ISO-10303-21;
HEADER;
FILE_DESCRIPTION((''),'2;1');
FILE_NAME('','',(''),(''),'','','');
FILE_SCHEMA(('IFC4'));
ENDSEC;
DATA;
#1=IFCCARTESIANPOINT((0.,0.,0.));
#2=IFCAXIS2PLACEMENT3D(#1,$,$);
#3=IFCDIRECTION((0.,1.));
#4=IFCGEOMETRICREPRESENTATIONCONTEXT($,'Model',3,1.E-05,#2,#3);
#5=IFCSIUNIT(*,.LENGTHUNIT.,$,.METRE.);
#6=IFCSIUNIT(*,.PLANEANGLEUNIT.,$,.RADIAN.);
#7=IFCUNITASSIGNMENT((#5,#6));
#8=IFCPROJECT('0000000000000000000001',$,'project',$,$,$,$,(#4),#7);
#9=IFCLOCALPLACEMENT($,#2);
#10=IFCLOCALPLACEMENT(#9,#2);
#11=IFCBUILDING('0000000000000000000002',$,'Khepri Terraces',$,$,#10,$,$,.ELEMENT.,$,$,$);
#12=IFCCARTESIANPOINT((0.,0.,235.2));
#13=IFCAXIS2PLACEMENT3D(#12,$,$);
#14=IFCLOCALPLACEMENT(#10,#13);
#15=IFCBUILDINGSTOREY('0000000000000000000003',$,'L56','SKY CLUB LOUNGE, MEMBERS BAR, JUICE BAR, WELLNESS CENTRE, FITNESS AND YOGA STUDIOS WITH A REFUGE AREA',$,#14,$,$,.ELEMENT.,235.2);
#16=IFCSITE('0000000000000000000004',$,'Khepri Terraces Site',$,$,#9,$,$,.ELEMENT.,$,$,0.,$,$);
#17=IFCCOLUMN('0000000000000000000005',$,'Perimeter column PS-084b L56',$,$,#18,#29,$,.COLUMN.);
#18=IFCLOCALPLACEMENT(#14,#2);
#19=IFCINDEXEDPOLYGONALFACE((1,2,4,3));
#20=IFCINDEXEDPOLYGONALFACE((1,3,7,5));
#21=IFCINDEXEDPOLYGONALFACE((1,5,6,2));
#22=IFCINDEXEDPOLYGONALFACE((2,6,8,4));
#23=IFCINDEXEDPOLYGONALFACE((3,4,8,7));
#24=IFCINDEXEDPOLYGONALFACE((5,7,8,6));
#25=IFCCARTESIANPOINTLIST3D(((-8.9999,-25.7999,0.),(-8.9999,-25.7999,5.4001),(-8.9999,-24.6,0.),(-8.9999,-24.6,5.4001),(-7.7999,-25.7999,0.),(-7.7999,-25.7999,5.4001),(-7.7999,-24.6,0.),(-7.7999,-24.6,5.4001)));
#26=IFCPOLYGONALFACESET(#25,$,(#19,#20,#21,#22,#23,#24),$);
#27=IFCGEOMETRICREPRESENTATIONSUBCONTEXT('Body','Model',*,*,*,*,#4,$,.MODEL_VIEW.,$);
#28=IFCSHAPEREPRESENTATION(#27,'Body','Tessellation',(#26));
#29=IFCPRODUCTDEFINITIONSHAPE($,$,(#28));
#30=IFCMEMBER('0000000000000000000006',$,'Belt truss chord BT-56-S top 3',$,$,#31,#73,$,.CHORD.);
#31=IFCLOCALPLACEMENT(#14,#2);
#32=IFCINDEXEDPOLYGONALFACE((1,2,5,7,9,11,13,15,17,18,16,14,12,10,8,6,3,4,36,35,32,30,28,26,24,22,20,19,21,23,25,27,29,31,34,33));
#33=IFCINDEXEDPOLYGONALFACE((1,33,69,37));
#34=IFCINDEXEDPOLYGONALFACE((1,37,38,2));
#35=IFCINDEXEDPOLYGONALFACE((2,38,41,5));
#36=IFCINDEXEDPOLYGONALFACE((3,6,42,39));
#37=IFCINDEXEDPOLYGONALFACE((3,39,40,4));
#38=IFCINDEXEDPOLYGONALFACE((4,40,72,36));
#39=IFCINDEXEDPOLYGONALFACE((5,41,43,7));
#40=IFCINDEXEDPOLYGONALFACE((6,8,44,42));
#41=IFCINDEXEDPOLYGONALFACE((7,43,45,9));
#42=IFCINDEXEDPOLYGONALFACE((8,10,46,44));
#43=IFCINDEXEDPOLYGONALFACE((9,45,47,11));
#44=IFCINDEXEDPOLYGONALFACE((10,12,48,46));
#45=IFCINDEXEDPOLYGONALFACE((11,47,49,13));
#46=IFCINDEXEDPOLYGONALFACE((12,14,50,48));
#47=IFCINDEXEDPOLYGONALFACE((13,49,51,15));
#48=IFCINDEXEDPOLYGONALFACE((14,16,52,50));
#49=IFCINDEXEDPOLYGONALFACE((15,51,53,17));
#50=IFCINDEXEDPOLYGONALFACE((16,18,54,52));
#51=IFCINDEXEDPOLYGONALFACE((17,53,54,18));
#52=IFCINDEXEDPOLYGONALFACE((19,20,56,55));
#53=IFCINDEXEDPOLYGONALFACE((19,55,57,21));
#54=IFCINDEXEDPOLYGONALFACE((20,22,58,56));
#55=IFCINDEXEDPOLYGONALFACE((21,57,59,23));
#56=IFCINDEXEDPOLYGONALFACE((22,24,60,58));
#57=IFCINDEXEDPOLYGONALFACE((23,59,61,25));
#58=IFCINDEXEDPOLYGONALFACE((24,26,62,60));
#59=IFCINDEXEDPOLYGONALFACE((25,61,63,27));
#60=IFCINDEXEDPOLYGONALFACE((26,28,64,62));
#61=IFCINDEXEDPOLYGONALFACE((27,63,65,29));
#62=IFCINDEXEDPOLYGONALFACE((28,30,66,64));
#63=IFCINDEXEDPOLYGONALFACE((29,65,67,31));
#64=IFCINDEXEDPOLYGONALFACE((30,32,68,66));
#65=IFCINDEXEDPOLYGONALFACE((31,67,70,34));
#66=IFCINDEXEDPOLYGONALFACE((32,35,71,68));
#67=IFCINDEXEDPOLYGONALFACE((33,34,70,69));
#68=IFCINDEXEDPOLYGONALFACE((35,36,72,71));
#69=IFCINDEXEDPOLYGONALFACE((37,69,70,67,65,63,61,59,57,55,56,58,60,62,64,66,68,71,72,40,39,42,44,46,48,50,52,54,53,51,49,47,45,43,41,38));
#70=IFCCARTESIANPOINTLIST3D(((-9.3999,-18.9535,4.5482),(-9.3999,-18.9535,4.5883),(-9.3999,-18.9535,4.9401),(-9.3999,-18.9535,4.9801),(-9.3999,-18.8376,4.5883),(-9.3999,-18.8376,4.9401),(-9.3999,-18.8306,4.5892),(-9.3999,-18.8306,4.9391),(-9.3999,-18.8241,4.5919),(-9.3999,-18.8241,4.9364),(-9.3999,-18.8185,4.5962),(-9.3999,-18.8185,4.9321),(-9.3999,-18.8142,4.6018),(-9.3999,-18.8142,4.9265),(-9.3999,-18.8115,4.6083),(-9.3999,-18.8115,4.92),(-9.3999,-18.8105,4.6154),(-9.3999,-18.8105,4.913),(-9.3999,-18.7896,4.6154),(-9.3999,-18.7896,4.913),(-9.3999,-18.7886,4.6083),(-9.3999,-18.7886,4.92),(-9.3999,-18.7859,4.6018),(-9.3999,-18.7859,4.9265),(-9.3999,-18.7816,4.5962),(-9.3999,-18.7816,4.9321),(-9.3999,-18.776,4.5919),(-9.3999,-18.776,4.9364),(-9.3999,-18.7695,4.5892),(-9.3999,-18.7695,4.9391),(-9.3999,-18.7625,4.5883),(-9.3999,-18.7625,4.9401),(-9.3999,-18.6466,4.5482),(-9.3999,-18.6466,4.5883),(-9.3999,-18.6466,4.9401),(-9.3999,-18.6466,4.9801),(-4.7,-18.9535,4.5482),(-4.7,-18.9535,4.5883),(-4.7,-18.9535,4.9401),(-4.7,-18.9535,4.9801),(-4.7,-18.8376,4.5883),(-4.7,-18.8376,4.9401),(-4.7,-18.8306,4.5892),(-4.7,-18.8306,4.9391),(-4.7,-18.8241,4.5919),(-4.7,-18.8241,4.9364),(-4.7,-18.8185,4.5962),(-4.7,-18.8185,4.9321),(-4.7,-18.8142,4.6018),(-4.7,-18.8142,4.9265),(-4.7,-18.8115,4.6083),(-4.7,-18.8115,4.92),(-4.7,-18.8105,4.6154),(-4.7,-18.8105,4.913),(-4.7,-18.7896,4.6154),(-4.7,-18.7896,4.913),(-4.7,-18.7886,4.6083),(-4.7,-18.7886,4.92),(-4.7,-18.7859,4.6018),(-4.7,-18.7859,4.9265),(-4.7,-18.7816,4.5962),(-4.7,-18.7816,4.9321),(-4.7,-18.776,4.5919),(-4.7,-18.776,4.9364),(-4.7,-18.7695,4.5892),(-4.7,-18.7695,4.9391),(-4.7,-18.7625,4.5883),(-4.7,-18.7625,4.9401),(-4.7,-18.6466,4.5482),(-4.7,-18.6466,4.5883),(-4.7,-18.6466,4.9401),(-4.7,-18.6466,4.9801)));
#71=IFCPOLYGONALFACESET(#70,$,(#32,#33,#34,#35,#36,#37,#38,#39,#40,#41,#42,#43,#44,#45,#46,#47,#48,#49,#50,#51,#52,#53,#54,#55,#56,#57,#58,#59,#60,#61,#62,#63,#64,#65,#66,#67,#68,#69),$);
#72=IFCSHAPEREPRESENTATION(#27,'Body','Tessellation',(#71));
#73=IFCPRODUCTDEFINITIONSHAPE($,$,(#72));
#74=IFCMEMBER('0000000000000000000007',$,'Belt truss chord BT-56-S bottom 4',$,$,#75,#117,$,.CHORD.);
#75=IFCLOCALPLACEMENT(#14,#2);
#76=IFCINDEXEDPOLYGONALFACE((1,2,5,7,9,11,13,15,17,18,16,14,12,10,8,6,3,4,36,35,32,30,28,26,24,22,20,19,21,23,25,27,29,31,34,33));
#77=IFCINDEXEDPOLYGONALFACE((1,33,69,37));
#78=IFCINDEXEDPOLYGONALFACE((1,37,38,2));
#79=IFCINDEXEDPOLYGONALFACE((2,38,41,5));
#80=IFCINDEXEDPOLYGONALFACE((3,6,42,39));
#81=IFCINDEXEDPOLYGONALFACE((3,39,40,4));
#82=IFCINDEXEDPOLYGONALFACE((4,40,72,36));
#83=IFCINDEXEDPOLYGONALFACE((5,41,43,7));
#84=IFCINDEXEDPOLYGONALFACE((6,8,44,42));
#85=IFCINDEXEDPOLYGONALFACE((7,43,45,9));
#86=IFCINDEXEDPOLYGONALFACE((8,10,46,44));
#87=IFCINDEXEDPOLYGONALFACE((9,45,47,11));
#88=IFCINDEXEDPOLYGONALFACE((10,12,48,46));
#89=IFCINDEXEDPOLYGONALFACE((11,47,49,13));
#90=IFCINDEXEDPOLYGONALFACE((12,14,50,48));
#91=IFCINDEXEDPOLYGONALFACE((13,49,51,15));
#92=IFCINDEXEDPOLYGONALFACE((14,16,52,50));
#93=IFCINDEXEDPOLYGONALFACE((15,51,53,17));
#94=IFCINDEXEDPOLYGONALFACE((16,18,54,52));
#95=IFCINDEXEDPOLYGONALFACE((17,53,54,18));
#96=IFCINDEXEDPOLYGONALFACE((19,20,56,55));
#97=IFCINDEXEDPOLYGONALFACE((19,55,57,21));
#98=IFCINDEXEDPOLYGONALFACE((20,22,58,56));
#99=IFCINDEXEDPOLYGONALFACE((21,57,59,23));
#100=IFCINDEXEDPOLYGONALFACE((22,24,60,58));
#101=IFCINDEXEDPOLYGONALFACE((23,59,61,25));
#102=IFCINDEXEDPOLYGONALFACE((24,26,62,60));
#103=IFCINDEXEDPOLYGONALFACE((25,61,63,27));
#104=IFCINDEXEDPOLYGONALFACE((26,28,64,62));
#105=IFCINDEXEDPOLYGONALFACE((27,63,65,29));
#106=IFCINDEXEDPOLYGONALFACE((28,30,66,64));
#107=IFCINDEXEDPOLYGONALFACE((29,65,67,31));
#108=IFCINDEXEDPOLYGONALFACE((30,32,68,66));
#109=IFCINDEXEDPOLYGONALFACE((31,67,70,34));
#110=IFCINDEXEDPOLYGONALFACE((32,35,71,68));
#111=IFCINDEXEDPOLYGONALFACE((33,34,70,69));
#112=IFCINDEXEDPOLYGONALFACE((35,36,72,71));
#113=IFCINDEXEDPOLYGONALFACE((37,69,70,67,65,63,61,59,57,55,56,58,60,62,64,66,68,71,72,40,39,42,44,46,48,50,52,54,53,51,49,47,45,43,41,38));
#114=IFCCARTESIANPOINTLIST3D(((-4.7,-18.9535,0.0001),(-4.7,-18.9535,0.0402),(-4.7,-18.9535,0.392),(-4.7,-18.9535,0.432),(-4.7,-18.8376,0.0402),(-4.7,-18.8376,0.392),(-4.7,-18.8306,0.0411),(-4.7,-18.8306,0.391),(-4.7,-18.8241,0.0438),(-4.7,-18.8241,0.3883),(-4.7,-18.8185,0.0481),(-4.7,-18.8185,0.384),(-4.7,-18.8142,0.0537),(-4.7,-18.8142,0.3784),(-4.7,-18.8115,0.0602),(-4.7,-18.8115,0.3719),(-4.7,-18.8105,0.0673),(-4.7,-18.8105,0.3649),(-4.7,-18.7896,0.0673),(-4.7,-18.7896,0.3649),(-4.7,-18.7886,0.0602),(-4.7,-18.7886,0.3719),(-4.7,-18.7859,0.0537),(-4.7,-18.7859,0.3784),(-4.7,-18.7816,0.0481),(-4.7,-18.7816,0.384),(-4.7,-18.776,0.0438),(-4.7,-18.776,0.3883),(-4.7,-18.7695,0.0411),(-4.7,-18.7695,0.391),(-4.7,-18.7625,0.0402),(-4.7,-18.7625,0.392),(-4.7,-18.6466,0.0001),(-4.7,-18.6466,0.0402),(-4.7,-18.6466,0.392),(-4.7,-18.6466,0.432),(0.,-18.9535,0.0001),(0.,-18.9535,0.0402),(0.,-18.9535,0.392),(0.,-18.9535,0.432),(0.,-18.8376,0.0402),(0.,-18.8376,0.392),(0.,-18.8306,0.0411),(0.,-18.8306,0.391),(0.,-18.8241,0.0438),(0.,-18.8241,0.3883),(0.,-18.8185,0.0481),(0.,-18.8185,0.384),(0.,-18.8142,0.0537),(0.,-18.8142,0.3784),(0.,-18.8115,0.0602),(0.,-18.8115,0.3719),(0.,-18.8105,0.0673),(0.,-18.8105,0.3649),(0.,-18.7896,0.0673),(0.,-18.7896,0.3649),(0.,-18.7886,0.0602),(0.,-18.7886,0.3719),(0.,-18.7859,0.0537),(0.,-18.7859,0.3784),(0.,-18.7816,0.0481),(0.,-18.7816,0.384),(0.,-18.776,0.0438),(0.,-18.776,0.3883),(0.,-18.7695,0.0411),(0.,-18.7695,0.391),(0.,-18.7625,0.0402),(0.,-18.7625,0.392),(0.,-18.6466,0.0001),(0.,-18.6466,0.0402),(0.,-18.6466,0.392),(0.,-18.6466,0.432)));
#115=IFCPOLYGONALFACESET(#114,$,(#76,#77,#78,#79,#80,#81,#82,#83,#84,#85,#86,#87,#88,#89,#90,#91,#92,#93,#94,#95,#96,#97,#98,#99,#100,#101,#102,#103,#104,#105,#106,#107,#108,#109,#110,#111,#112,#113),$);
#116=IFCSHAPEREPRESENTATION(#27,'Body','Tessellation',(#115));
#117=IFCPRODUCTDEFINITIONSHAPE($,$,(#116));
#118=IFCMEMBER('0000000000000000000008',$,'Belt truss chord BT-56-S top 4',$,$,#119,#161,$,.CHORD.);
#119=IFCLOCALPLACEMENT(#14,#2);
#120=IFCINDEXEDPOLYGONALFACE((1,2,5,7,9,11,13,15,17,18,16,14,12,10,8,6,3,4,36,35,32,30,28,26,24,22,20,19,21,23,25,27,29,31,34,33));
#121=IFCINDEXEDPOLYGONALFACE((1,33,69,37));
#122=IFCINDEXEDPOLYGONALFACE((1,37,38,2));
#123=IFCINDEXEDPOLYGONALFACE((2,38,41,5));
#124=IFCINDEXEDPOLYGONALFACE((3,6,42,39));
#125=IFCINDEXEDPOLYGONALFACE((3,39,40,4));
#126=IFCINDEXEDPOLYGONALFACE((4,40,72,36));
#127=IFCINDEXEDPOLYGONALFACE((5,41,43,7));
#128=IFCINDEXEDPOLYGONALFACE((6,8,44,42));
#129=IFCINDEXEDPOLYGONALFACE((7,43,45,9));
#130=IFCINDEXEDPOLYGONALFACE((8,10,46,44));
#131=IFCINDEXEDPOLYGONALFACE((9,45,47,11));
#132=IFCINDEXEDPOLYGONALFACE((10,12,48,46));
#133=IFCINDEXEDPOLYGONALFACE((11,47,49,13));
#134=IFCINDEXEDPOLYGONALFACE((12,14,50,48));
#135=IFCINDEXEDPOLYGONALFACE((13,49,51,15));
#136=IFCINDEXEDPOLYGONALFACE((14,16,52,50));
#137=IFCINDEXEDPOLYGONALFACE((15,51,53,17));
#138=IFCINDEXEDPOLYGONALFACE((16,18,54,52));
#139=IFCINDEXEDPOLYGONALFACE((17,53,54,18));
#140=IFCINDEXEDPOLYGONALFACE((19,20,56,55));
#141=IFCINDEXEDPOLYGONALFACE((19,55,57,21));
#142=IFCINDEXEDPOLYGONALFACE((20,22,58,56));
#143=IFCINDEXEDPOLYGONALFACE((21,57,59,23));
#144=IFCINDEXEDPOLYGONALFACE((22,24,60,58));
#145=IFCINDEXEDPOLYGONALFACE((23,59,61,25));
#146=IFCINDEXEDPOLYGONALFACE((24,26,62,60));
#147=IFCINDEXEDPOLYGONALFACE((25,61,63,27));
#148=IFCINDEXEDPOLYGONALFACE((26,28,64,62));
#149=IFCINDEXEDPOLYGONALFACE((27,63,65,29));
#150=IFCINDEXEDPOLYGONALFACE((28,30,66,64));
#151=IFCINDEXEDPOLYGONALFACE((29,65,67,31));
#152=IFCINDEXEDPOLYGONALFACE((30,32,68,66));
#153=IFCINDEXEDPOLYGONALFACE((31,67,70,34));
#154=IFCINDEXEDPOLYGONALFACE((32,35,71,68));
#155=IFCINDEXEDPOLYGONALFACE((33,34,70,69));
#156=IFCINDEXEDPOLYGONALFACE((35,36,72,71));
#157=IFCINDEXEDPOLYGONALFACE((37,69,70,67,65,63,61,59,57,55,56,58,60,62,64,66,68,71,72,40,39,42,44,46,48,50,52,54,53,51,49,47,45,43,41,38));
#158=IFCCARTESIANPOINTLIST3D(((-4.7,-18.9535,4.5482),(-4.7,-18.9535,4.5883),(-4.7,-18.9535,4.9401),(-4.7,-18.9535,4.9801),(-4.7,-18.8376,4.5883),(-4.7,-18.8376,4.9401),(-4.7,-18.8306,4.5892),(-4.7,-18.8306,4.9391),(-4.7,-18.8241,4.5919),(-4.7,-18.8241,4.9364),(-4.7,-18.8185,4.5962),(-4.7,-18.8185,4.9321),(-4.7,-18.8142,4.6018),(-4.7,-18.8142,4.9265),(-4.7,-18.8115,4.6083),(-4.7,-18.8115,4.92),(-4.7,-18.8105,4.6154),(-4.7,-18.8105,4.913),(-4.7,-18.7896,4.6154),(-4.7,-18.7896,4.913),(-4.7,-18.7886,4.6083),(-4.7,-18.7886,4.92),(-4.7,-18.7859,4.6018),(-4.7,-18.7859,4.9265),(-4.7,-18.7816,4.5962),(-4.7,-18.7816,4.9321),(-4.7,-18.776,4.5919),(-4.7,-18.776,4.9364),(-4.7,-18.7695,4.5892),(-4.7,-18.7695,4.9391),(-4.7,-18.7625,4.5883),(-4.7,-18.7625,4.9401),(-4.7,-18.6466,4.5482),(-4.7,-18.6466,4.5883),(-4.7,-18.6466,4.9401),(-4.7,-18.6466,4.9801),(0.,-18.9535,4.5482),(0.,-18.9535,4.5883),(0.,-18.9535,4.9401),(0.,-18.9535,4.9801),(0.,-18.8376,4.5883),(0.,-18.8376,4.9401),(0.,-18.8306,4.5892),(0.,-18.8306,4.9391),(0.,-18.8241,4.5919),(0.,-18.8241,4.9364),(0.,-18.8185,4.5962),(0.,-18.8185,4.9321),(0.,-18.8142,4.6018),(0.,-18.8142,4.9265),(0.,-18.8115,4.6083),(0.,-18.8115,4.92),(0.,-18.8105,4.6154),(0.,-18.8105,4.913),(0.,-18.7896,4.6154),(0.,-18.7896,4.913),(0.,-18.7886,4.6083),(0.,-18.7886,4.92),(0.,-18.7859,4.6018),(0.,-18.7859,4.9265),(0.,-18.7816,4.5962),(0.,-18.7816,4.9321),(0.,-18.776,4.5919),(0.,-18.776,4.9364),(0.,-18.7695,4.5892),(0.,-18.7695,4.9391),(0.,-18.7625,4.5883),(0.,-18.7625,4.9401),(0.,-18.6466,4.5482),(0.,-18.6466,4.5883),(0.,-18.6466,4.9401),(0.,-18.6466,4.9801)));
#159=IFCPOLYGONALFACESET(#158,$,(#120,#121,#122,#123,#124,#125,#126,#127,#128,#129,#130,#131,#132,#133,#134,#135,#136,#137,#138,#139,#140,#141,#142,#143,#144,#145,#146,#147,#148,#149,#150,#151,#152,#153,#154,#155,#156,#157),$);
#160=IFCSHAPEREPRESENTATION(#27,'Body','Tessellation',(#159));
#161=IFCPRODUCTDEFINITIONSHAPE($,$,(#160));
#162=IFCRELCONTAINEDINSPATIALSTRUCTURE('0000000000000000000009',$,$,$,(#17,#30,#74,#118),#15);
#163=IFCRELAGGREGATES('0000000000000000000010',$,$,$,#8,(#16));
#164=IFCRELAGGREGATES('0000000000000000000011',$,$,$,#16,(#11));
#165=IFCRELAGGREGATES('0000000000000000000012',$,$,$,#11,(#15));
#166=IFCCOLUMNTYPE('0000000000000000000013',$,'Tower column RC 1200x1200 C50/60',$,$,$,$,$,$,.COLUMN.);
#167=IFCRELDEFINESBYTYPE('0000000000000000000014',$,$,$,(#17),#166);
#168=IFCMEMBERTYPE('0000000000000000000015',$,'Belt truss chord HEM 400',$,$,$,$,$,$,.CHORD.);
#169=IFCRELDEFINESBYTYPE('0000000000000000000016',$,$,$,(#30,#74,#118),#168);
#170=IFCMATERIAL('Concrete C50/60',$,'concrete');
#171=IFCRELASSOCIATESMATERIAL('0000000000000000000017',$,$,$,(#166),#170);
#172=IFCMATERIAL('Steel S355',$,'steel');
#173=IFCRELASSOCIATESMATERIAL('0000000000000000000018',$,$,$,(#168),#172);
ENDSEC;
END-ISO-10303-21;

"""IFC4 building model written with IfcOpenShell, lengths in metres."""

from ifc_helpers import new_model, si_unit, direction, frame, origin, origin_2d, place, context, subcontext, project, spatial, rectangle, i_section, extrude, material, material_profile, profile_set, type_object, element, save


model = new_model("IFC4")

# Units and contexts
model_context = context("Model", 3, precision=1e-05, world=origin(), true_north=direction((0.0, 1.0)))
body_context = subcontext(model_context, "Body", "Model", "MODEL_VIEW")
ifc_project = project(units=[si_unit("LENGTHUNIT", "METRE"), si_unit("PLANEANGLEUNIT", "RADIAN")], contexts=[model_context])

# Site, building, storey
site_placement = place(None, origin())
site = spatial("IfcSite", under=ifc_project, at=site_placement, Name="Khepri Terraces Site", CompositionType="ELEMENT", RefElevation=0.0)
building_placement = place(site_placement, origin())
building = spatial("IfcBuilding", under=site, at=building_placement, Name="Khepri Terraces", CompositionType="ELEMENT")
storey_placement = place(building_placement, frame((0.0, 0.0, 235.2)))
storey = spatial("IfcBuildingStorey", under=building, at=storey_placement, Name="L56", Description="SKY CLUB LOUNGE, MEMBERS BAR, JUICE BAR, WELLNESS CENTRE, FITNESS AND YOGA STUDIOS WITH A REFUGE AREA", CompositionType="ELEMENT", Elevation=235.2)

# Column
ifc_material_1 = material(Name="Concrete C50/60", Category="concrete")
ifc_material_profile_1 = material_profile(ifc_material_1, rectangle(XDim=1.2, YDim=1.2, at=origin_2d()), Name="Concrete C50/60", Category="concrete")
ifc_profile_set_1 = profile_set([ifc_material_profile_1], Name="Concrete C50/60")
column_type = type_object("IfcColumnType", Name="Tower column RC 1200x1200 C50/60", PredefinedType="COLUMN", material=ifc_profile_set_1)
column_placement = place(storey_placement, frame((-8.3999, -25.2, 0.0), z_axis=(0.0, 0.0, 1.0), x_axis=(1.0, 0.0, 0.0)))
element("IfcColumn", 1, at=column_placement, inside=storey, type_object=column_type, Name="Perimeter column PS-084b L56", PredefinedType="COLUMN", context=body_context, shape_type="SweptSolid", body=[
    extrude(rectangle(XDim=1.2, YDim=1.2, at=origin_2d()), origin(), (0.0, 0.0, 1.0), 5.4001),
])

# Members
ifc_material_2 = material(Name="Steel S355", Category="steel")
ifc_material_profile_2 = material_profile(ifc_material_2, i_section(OverallWidth=0.3069, OverallDepth=0.4319, WebThickness=0.021, FlangeThickness=0.04, FilletRadius=0.0271, at=origin_2d()), Name="Steel S355", Category="steel")
ifc_profile_set_2 = profile_set([ifc_material_profile_2], Name="Steel S355")
member_type_1 = type_object("IfcMemberType", Name="Belt truss chord HEM 400", PredefinedType="CHORD", material=ifc_profile_set_2)
for number, where, z_axis, x_axis, name in (
    (2, (-9.3999, -18.8, 4.7642), (1.0, 0.0, 0.0), (0.0, 1.0, 0.0), "Belt truss chord BT-56-S top 3"),
    (3, (-4.7, -18.8, 0.2161), (1.0, 0.0, 0.0), (0.0, 1.0, 0.0), "Belt truss chord BT-56-S bottom 4"),
    (4, (-4.7, -18.8, 4.7642), (1.0, 0.0, 0.0), (0.0, 1.0, 0.0), "Belt truss chord BT-56-S top 4"),
):
    element("IfcMember", number, at=place(storey_placement, frame(where, z_axis=z_axis, x_axis=x_axis)), inside=storey, type_object=member_type_1, Name=name, PredefinedType="CHORD", context=body_context, shape_type="SweptSolid", body=[
        extrude(i_section(OverallWidth=0.3069, OverallDepth=0.4319, WebThickness=0.021, FlangeThickness=0.04, FilletRadius=0.0271, at=origin_2d()), origin(), (0.0, 0.0, 1.0), 4.7),
    ])

save(model, "model.ifc")
